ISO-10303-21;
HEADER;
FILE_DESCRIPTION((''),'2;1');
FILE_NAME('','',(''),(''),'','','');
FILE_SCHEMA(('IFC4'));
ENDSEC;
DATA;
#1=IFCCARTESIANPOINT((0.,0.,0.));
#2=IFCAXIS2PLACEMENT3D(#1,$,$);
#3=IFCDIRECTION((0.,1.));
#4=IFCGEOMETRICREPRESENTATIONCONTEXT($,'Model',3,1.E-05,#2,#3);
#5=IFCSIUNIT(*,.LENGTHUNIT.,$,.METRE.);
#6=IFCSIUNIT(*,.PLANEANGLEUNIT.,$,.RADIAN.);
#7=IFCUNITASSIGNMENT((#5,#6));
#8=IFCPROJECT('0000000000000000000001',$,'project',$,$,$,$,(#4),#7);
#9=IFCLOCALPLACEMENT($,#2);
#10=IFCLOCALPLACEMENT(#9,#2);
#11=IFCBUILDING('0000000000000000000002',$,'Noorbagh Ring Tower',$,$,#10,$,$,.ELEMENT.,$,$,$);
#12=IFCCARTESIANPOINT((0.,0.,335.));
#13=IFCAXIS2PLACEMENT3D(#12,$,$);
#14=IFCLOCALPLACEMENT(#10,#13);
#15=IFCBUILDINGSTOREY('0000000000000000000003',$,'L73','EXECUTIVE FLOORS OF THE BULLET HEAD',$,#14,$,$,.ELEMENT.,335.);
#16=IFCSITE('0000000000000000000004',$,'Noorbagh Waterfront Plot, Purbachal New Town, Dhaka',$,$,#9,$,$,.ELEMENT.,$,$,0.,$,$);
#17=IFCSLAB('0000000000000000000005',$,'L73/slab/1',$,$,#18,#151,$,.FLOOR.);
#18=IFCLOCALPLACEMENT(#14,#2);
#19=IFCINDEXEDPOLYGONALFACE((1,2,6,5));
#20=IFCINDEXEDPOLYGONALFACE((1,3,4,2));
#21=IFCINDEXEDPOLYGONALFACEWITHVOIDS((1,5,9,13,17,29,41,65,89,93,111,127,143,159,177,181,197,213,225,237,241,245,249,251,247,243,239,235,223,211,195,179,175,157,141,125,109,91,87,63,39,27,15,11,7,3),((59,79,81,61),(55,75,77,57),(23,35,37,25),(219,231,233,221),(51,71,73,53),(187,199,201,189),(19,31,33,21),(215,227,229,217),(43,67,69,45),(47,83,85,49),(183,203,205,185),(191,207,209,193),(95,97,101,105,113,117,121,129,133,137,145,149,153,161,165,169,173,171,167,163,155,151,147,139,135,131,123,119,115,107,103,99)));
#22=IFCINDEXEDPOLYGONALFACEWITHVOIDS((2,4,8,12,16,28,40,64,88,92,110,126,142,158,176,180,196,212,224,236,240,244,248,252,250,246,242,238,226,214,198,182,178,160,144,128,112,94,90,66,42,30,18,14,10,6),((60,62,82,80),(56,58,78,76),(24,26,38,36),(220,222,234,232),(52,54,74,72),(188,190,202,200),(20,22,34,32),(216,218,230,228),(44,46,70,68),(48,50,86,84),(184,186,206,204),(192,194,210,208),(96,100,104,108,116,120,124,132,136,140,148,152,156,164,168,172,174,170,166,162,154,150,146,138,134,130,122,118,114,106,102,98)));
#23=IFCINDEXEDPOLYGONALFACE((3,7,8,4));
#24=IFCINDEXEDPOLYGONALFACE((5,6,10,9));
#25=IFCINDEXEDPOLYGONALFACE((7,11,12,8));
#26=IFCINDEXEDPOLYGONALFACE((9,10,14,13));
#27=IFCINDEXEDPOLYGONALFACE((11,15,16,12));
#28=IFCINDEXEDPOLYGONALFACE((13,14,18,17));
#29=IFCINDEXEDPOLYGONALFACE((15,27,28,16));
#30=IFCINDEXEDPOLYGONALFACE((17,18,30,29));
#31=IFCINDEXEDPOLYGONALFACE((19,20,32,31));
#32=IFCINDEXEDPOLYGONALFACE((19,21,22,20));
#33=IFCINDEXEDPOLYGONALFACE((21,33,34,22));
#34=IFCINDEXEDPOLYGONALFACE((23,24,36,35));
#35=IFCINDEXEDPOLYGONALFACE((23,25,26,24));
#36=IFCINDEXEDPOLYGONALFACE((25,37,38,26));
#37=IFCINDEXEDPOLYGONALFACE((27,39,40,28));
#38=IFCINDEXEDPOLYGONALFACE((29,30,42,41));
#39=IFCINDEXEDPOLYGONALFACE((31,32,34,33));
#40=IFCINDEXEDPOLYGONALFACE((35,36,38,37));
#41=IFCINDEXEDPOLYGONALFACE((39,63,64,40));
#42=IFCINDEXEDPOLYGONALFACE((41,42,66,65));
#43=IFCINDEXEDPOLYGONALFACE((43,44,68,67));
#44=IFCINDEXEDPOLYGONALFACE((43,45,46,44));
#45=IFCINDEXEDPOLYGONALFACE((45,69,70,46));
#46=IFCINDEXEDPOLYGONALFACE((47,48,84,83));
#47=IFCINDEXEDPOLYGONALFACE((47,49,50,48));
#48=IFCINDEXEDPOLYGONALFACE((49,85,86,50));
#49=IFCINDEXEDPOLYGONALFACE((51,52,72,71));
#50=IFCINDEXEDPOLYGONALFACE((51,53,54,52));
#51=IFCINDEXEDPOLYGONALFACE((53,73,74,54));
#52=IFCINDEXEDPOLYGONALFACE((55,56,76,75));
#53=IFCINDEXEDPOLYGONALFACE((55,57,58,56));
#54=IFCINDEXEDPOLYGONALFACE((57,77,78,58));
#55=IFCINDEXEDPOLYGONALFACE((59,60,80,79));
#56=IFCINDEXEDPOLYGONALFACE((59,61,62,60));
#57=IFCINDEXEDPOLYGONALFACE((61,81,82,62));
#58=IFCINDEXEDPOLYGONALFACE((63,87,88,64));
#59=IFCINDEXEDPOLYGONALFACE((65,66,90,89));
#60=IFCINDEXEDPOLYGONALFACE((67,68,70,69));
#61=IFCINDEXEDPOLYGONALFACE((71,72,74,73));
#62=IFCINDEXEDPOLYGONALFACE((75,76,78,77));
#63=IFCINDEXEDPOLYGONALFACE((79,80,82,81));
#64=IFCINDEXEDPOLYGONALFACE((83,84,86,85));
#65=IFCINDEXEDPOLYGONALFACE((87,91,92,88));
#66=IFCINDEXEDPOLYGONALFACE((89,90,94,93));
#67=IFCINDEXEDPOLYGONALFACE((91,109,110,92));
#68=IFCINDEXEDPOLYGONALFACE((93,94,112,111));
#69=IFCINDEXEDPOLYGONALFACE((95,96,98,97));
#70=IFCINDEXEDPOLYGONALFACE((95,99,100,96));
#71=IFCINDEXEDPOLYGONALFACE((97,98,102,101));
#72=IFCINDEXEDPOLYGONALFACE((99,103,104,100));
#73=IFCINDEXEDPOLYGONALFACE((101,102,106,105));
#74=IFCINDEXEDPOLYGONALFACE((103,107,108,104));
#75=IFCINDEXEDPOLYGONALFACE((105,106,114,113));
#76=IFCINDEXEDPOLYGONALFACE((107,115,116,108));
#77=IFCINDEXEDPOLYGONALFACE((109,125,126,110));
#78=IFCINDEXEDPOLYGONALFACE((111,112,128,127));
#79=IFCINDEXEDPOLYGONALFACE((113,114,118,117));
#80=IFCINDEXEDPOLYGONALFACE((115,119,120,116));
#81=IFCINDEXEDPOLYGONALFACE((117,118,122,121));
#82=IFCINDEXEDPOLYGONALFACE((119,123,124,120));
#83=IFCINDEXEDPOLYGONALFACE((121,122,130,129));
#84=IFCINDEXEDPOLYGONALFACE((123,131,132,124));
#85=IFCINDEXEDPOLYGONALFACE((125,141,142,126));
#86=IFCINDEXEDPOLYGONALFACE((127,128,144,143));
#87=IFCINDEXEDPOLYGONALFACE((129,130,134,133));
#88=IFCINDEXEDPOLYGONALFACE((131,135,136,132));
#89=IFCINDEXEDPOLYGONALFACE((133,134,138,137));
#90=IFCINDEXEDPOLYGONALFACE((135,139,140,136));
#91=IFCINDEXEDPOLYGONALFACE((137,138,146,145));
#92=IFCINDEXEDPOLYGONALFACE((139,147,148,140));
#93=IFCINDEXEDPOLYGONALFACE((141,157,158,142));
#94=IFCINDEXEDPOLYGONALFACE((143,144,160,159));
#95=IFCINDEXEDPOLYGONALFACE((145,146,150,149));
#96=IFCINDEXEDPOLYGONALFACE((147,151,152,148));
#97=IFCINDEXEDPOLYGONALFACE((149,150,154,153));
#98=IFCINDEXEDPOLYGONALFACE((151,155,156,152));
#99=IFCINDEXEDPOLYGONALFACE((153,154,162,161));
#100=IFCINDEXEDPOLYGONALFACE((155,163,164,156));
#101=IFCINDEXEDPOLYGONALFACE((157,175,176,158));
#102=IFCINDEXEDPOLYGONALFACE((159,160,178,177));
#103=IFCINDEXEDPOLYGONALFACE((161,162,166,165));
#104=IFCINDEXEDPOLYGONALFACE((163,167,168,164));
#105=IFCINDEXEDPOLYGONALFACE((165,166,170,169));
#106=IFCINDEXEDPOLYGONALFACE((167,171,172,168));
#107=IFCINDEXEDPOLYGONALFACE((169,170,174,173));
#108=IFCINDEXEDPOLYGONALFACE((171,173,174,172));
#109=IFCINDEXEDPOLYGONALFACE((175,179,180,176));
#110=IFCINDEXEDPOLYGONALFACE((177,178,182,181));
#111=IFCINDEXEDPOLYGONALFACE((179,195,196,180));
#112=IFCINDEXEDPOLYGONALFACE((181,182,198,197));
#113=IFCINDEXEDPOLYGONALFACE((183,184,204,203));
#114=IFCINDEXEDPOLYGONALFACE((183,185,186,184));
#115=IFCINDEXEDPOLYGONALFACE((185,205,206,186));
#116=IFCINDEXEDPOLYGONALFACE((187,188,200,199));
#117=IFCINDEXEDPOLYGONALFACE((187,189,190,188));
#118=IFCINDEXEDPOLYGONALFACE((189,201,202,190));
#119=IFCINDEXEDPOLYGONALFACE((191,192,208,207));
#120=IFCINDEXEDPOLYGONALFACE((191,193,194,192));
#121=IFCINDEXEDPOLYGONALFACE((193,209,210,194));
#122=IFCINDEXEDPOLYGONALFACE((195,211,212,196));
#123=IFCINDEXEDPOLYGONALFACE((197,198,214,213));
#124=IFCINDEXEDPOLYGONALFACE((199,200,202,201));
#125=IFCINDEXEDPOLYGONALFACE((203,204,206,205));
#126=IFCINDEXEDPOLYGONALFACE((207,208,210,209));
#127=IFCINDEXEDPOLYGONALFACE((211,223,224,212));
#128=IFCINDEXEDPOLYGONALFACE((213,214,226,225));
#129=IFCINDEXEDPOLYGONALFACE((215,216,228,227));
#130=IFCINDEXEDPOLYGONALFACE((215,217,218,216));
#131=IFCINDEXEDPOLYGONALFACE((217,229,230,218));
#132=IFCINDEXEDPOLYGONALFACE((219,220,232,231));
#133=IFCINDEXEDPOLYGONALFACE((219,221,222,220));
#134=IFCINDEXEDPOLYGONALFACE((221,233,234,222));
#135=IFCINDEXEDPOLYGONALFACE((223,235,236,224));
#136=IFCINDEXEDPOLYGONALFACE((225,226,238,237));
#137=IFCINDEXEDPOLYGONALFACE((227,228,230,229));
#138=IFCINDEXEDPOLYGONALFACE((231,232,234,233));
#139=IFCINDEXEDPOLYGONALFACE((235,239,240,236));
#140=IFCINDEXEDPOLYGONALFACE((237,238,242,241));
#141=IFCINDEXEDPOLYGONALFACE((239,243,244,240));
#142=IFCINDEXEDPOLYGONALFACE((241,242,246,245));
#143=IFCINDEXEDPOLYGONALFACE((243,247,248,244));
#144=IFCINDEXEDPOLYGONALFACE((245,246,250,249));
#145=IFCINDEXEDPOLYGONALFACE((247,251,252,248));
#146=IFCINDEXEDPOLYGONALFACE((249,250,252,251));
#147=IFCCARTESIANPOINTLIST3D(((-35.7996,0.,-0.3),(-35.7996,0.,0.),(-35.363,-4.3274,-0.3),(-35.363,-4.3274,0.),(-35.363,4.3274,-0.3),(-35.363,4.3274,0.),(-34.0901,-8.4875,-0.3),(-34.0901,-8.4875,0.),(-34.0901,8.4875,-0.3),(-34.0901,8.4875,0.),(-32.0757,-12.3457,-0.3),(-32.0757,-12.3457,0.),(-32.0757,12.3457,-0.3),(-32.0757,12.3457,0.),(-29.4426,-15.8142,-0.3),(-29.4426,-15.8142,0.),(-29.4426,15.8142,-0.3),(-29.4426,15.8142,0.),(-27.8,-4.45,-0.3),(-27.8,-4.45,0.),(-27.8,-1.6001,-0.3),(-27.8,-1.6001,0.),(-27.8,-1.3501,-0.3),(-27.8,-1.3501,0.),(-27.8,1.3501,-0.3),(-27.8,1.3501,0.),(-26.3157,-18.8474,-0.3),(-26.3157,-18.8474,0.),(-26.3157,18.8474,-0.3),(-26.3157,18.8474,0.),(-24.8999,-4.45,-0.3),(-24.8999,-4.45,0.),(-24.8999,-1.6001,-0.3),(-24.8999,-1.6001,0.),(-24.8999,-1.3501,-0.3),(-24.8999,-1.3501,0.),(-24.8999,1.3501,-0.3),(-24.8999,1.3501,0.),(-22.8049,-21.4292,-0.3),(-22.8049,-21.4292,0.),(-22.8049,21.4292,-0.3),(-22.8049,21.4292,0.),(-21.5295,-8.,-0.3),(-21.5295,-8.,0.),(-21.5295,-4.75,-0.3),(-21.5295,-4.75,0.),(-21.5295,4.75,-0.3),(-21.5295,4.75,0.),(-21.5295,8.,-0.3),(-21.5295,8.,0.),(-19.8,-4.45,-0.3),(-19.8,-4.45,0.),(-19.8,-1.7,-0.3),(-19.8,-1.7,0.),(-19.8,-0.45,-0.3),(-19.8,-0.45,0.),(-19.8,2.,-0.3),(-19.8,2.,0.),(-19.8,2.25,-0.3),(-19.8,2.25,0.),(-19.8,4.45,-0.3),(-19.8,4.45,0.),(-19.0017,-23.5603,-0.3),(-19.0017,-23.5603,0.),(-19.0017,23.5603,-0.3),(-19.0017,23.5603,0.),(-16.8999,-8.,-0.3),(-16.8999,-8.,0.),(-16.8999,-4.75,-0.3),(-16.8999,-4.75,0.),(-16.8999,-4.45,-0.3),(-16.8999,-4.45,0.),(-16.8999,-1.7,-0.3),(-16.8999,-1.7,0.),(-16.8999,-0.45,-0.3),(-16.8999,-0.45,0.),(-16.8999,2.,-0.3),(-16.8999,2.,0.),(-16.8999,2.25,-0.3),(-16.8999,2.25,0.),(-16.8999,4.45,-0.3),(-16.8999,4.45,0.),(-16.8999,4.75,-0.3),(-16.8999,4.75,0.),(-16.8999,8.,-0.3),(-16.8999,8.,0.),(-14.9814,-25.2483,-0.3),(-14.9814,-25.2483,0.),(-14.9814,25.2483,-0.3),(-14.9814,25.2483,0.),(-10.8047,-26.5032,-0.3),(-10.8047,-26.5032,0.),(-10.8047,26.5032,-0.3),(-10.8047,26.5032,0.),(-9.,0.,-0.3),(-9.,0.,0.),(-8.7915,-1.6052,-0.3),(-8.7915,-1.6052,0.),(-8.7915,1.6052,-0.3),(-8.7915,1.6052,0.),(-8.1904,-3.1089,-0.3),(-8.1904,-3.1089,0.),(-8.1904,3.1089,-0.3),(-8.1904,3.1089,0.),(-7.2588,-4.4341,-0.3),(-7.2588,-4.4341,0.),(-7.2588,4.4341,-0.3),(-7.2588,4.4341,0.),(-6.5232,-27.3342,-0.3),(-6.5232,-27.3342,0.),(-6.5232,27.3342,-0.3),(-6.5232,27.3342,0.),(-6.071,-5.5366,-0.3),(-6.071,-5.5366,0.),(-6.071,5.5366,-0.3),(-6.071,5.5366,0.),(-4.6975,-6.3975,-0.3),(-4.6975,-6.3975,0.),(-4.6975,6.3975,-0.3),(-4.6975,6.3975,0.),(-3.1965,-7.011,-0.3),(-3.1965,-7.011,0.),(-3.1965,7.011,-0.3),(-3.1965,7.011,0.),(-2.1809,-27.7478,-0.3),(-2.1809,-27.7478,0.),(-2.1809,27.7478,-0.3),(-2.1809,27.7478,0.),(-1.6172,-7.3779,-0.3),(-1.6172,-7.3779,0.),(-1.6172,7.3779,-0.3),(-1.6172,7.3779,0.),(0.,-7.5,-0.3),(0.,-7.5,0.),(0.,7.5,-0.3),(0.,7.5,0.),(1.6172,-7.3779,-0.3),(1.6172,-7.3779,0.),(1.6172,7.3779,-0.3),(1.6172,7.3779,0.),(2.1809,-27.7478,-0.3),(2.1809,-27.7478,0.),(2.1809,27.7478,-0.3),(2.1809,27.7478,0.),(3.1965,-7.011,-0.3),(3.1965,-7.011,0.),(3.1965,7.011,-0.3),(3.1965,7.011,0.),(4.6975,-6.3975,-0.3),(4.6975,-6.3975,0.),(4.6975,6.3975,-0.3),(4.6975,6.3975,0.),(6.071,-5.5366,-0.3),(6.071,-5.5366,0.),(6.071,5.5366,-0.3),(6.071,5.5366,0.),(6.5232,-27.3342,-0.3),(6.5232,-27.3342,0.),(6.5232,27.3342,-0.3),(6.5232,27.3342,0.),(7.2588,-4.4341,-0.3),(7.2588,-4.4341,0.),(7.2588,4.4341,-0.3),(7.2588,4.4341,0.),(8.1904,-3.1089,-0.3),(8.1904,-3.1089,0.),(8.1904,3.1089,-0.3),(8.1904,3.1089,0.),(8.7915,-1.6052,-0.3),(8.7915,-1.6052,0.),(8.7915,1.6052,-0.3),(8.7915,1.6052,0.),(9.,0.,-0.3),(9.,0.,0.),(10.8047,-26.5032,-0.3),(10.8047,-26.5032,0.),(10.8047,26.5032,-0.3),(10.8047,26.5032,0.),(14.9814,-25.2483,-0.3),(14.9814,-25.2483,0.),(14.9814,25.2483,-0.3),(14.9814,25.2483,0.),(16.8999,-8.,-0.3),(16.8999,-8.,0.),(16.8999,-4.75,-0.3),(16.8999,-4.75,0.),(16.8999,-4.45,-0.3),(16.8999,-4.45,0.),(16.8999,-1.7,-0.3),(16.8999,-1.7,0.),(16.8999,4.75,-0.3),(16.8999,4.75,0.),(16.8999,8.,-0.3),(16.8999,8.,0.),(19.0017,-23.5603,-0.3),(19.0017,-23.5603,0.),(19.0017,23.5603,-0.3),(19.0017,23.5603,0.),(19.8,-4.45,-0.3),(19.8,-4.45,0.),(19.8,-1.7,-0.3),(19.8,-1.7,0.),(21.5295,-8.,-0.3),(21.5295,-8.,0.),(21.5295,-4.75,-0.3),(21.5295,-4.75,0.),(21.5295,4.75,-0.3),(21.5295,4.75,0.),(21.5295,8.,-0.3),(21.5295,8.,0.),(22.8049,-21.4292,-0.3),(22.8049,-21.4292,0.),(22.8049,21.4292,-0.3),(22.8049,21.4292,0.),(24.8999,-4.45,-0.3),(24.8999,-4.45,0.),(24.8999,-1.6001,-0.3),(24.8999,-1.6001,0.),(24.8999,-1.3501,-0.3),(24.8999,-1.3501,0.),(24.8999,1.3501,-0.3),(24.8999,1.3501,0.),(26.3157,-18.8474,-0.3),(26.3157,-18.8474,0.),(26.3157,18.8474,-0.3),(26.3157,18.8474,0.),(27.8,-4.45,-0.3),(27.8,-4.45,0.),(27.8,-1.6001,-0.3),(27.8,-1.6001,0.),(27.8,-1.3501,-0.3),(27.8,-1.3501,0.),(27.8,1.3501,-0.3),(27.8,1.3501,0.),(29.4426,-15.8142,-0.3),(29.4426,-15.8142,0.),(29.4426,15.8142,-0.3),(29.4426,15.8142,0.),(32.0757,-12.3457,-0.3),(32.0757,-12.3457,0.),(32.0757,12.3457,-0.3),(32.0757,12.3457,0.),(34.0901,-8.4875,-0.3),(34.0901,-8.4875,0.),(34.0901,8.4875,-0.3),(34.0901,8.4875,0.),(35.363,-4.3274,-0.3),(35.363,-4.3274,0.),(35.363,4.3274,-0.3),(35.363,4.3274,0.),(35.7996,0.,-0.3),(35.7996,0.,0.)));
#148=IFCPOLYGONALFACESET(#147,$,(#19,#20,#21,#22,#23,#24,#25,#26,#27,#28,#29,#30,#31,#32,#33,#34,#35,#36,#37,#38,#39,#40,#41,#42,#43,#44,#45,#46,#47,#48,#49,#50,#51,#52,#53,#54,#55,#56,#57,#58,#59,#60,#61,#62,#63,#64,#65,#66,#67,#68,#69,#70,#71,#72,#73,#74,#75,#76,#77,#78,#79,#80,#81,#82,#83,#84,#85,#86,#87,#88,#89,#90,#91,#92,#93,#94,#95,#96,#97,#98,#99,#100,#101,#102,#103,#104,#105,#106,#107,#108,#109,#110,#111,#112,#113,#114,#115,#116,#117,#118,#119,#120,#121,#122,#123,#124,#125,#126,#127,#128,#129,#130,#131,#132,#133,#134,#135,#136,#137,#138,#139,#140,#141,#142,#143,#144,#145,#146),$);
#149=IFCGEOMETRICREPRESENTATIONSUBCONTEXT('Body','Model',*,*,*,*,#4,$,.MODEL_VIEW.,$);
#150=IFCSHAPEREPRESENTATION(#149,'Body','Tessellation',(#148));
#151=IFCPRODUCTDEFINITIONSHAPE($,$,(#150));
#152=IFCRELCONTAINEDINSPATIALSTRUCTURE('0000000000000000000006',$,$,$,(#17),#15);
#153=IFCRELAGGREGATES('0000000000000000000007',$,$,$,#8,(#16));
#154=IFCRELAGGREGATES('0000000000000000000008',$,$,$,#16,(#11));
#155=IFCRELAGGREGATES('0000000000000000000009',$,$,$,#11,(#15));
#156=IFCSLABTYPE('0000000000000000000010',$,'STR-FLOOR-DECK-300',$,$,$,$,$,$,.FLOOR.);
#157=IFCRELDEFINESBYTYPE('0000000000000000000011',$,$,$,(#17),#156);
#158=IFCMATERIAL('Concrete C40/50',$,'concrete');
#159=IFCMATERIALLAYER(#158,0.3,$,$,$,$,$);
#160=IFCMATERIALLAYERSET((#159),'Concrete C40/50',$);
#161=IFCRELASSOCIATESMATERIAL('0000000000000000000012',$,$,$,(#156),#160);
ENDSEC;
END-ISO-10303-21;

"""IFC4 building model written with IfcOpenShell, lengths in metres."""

from ifc_helpers import new_model, si_unit, direction, frame, origin, place, context, subcontext, project, spatial, polyline, outline, extrude, material, layer, layer_set, type_object, element, save


model = new_model("IFC4")

# Units and contexts
model_context = context("Model", 3, precision=1e-05, world=origin(), true_north=direction((0.0, 1.0)))
body_context = subcontext(model_context, "Body", "Model", "MODEL_VIEW")
ifc_project = project(units=[si_unit("LENGTHUNIT", "METRE"), si_unit("PLANEANGLEUNIT", "RADIAN")], contexts=[model_context])

# Site, building, storey
site_placement = place(None, origin())
building_placement = place(site_placement, origin())
storey_placement = place(building_placement, frame((0.0, 0.0, 335.0)))
site = spatial("IfcSite", under=ifc_project, at=site_placement, Name="Noorbagh Waterfront Plot, Purbachal New Town, Dhaka", CompositionType="ELEMENT", RefElevation=0.0)
building = spatial("IfcBuilding", under=site, at=building_placement, Name="Noorbagh Ring Tower", CompositionType="ELEMENT")
storey = spatial("IfcBuildingStorey", under=building, at=storey_placement, Name="L73", Description="EXECUTIVE FLOORS OF THE BULLET HEAD", CompositionType="ELEMENT", Elevation=335.0)

# Slab
ifc_material_1 = material(Name="Concrete C40/50", Category="concrete")
ifc_layer_1 = layer(ifc_material_1, 0.3)
ifc_layer_set_1 = layer_set([ifc_layer_1], Name="Concrete C40/50")
slab_type_1 = type_object("IfcSlabType", Name="STR-FLOOR-DECK-300", PredefinedType="FLOOR", material=ifc_layer_set_1)
slab_1_placement = place(storey_placement, frame((0.0, 0.0, -0.3)))
element("IfcSlab", 1, at=slab_1_placement, inside=storey, type_object=slab_type_1, Name="L73/slab/1", PredefinedType="FLOOR", context=body_context, shape_type="SweptSolid", body=[
    extrude(outline(polyline([(35.7996, 0.0), (35.363, 4.3274), (34.0901, 8.4875), (32.0757, 12.3457), (29.4426, 15.8142), (26.3157, 18.8474), (22.8049, 21.4292), (19.0017, 23.5603), (14.9814, 25.2483), (10.8047, 26.5032), (6.5232, 27.3342), (2.1809, 27.7478), (-2.1809, 27.7478), (-6.5232, 27.3342), (-10.8047, 26.5032), (-14.9814, 25.2483), (-19.0017, 23.5603), (-22.8049, 21.4292), (-26.3157, 18.8474), (-29.4426, 15.8142), (-32.0757, 12.3457), (-34.0901, 8.4875), (-35.363, 4.3274), (-35.7996, 0.0), (-35.363, -4.3274), (-34.0901, -8.4875), (-32.0757, -12.3457), (-29.4426, -15.8142), (-26.3157, -18.8474), (-22.8049, -21.4292), (-19.0017, -23.5603), (-14.9814, -25.2483), (-10.8047, -26.5032), (-6.5232, -27.3342), (-2.1809, -27.7478), (2.1809, -27.7478), (6.5232, -27.3342), (10.8047, -26.5032), (14.9814, -25.2483), (19.0017, -23.5603), (22.8049, -21.4292), (26.3157, -18.8474), (29.4426, -15.8142), (32.0757, -12.3457), (34.0901, -8.4875), (35.363, -4.3274), (35.7996, 0.0)]), holes=[polyline([(24.8999, -1.6001), (27.8, -1.6001), (27.8, -4.45), (24.8999, -4.45), (24.8999, -1.6001)]), polyline([(24.8999, 1.3501), (27.8, 1.3501), (27.8, -1.3501), (24.8999, -1.3501), (24.8999, 1.3501)]), polyline([(21.5295, -8.0), (16.8999, -8.0), (16.8999, -4.75), (21.5295, -4.75), (21.5295, -8.0)]), polyline([(21.5295, 4.75), (16.8999, 4.75), (16.8999, 8.0), (21.5295, 8.0), (21.5295, 4.75)]), polyline([(16.8999, -1.7), (19.8, -1.7), (19.8, -4.45), (16.8999, -4.45), (16.8999, -1.7)]), polyline([(4.6975, -6.3975), (3.1965, -7.011), (1.6172, -7.3779), (0.0, -7.5), (-1.6172, -7.3779), (-3.1965, -7.011), (-4.6975, -6.3975), (-6.071, -5.5366), (-7.2588, -4.4341), (-8.1904, -3.1089), (-8.7915, -1.6052), (-9.0, 0.0), (-8.7915, 1.6052), (-8.1904, 3.1089), (-7.2588, 4.4341), (-6.071, 5.5366), (-4.6975, 6.3975), (-3.1965, 7.011), (-1.6172, 7.3779), (0.0, 7.5), (1.6172, 7.3779), (3.1965, 7.011), (4.6975, 6.3975), (6.071, 5.5366), (7.2588, 4.4341), (8.1904, 3.1089), (8.7915, 1.6052), (9.0, 0.0), (8.7915, -1.6052), (8.1904, -3.1089), (7.2588, -4.4341), (6.071, -5.5366), (4.6975, -6.3975)]), polyline([(-21.5295, -8.0), (-21.5295, -4.75), (-16.8999, -4.75), (-16.8999, -8.0), (-21.5295, -8.0)]), polyline([(-21.5295, 4.75), (-21.5295, 8.0), (-16.8999, 8.0), (-16.8999, 4.75), (-21.5295, 4.75)]), polyline([(-16.8999, -4.45), (-19.8, -4.45), (-19.8, -1.7), (-16.8999, -1.7), (-16.8999, -4.45)]), polyline([(-16.8999, -0.45), (-19.8, -0.45), (-19.8, 2.0), (-16.8999, 2.0), (-16.8999, -0.45)]), polyline([(-16.8999, 2.25), (-19.8, 2.25), (-19.8, 4.45), (-16.8999, 4.45), (-16.8999, 2.25)]), polyline([(-24.8999, -4.45), (-27.8, -4.45), (-27.8, -1.6001), (-24.8999, -1.6001), (-24.8999, -4.45)]), polyline([(-24.8999, 1.3501), (-24.8999, -1.3501), (-27.8, -1.3501), (-27.8, 1.3501), (-24.8999, 1.3501)])]), origin(), (0.0, 0.0, 1.0), 0.3),
])

save(model, "model.ifc")
